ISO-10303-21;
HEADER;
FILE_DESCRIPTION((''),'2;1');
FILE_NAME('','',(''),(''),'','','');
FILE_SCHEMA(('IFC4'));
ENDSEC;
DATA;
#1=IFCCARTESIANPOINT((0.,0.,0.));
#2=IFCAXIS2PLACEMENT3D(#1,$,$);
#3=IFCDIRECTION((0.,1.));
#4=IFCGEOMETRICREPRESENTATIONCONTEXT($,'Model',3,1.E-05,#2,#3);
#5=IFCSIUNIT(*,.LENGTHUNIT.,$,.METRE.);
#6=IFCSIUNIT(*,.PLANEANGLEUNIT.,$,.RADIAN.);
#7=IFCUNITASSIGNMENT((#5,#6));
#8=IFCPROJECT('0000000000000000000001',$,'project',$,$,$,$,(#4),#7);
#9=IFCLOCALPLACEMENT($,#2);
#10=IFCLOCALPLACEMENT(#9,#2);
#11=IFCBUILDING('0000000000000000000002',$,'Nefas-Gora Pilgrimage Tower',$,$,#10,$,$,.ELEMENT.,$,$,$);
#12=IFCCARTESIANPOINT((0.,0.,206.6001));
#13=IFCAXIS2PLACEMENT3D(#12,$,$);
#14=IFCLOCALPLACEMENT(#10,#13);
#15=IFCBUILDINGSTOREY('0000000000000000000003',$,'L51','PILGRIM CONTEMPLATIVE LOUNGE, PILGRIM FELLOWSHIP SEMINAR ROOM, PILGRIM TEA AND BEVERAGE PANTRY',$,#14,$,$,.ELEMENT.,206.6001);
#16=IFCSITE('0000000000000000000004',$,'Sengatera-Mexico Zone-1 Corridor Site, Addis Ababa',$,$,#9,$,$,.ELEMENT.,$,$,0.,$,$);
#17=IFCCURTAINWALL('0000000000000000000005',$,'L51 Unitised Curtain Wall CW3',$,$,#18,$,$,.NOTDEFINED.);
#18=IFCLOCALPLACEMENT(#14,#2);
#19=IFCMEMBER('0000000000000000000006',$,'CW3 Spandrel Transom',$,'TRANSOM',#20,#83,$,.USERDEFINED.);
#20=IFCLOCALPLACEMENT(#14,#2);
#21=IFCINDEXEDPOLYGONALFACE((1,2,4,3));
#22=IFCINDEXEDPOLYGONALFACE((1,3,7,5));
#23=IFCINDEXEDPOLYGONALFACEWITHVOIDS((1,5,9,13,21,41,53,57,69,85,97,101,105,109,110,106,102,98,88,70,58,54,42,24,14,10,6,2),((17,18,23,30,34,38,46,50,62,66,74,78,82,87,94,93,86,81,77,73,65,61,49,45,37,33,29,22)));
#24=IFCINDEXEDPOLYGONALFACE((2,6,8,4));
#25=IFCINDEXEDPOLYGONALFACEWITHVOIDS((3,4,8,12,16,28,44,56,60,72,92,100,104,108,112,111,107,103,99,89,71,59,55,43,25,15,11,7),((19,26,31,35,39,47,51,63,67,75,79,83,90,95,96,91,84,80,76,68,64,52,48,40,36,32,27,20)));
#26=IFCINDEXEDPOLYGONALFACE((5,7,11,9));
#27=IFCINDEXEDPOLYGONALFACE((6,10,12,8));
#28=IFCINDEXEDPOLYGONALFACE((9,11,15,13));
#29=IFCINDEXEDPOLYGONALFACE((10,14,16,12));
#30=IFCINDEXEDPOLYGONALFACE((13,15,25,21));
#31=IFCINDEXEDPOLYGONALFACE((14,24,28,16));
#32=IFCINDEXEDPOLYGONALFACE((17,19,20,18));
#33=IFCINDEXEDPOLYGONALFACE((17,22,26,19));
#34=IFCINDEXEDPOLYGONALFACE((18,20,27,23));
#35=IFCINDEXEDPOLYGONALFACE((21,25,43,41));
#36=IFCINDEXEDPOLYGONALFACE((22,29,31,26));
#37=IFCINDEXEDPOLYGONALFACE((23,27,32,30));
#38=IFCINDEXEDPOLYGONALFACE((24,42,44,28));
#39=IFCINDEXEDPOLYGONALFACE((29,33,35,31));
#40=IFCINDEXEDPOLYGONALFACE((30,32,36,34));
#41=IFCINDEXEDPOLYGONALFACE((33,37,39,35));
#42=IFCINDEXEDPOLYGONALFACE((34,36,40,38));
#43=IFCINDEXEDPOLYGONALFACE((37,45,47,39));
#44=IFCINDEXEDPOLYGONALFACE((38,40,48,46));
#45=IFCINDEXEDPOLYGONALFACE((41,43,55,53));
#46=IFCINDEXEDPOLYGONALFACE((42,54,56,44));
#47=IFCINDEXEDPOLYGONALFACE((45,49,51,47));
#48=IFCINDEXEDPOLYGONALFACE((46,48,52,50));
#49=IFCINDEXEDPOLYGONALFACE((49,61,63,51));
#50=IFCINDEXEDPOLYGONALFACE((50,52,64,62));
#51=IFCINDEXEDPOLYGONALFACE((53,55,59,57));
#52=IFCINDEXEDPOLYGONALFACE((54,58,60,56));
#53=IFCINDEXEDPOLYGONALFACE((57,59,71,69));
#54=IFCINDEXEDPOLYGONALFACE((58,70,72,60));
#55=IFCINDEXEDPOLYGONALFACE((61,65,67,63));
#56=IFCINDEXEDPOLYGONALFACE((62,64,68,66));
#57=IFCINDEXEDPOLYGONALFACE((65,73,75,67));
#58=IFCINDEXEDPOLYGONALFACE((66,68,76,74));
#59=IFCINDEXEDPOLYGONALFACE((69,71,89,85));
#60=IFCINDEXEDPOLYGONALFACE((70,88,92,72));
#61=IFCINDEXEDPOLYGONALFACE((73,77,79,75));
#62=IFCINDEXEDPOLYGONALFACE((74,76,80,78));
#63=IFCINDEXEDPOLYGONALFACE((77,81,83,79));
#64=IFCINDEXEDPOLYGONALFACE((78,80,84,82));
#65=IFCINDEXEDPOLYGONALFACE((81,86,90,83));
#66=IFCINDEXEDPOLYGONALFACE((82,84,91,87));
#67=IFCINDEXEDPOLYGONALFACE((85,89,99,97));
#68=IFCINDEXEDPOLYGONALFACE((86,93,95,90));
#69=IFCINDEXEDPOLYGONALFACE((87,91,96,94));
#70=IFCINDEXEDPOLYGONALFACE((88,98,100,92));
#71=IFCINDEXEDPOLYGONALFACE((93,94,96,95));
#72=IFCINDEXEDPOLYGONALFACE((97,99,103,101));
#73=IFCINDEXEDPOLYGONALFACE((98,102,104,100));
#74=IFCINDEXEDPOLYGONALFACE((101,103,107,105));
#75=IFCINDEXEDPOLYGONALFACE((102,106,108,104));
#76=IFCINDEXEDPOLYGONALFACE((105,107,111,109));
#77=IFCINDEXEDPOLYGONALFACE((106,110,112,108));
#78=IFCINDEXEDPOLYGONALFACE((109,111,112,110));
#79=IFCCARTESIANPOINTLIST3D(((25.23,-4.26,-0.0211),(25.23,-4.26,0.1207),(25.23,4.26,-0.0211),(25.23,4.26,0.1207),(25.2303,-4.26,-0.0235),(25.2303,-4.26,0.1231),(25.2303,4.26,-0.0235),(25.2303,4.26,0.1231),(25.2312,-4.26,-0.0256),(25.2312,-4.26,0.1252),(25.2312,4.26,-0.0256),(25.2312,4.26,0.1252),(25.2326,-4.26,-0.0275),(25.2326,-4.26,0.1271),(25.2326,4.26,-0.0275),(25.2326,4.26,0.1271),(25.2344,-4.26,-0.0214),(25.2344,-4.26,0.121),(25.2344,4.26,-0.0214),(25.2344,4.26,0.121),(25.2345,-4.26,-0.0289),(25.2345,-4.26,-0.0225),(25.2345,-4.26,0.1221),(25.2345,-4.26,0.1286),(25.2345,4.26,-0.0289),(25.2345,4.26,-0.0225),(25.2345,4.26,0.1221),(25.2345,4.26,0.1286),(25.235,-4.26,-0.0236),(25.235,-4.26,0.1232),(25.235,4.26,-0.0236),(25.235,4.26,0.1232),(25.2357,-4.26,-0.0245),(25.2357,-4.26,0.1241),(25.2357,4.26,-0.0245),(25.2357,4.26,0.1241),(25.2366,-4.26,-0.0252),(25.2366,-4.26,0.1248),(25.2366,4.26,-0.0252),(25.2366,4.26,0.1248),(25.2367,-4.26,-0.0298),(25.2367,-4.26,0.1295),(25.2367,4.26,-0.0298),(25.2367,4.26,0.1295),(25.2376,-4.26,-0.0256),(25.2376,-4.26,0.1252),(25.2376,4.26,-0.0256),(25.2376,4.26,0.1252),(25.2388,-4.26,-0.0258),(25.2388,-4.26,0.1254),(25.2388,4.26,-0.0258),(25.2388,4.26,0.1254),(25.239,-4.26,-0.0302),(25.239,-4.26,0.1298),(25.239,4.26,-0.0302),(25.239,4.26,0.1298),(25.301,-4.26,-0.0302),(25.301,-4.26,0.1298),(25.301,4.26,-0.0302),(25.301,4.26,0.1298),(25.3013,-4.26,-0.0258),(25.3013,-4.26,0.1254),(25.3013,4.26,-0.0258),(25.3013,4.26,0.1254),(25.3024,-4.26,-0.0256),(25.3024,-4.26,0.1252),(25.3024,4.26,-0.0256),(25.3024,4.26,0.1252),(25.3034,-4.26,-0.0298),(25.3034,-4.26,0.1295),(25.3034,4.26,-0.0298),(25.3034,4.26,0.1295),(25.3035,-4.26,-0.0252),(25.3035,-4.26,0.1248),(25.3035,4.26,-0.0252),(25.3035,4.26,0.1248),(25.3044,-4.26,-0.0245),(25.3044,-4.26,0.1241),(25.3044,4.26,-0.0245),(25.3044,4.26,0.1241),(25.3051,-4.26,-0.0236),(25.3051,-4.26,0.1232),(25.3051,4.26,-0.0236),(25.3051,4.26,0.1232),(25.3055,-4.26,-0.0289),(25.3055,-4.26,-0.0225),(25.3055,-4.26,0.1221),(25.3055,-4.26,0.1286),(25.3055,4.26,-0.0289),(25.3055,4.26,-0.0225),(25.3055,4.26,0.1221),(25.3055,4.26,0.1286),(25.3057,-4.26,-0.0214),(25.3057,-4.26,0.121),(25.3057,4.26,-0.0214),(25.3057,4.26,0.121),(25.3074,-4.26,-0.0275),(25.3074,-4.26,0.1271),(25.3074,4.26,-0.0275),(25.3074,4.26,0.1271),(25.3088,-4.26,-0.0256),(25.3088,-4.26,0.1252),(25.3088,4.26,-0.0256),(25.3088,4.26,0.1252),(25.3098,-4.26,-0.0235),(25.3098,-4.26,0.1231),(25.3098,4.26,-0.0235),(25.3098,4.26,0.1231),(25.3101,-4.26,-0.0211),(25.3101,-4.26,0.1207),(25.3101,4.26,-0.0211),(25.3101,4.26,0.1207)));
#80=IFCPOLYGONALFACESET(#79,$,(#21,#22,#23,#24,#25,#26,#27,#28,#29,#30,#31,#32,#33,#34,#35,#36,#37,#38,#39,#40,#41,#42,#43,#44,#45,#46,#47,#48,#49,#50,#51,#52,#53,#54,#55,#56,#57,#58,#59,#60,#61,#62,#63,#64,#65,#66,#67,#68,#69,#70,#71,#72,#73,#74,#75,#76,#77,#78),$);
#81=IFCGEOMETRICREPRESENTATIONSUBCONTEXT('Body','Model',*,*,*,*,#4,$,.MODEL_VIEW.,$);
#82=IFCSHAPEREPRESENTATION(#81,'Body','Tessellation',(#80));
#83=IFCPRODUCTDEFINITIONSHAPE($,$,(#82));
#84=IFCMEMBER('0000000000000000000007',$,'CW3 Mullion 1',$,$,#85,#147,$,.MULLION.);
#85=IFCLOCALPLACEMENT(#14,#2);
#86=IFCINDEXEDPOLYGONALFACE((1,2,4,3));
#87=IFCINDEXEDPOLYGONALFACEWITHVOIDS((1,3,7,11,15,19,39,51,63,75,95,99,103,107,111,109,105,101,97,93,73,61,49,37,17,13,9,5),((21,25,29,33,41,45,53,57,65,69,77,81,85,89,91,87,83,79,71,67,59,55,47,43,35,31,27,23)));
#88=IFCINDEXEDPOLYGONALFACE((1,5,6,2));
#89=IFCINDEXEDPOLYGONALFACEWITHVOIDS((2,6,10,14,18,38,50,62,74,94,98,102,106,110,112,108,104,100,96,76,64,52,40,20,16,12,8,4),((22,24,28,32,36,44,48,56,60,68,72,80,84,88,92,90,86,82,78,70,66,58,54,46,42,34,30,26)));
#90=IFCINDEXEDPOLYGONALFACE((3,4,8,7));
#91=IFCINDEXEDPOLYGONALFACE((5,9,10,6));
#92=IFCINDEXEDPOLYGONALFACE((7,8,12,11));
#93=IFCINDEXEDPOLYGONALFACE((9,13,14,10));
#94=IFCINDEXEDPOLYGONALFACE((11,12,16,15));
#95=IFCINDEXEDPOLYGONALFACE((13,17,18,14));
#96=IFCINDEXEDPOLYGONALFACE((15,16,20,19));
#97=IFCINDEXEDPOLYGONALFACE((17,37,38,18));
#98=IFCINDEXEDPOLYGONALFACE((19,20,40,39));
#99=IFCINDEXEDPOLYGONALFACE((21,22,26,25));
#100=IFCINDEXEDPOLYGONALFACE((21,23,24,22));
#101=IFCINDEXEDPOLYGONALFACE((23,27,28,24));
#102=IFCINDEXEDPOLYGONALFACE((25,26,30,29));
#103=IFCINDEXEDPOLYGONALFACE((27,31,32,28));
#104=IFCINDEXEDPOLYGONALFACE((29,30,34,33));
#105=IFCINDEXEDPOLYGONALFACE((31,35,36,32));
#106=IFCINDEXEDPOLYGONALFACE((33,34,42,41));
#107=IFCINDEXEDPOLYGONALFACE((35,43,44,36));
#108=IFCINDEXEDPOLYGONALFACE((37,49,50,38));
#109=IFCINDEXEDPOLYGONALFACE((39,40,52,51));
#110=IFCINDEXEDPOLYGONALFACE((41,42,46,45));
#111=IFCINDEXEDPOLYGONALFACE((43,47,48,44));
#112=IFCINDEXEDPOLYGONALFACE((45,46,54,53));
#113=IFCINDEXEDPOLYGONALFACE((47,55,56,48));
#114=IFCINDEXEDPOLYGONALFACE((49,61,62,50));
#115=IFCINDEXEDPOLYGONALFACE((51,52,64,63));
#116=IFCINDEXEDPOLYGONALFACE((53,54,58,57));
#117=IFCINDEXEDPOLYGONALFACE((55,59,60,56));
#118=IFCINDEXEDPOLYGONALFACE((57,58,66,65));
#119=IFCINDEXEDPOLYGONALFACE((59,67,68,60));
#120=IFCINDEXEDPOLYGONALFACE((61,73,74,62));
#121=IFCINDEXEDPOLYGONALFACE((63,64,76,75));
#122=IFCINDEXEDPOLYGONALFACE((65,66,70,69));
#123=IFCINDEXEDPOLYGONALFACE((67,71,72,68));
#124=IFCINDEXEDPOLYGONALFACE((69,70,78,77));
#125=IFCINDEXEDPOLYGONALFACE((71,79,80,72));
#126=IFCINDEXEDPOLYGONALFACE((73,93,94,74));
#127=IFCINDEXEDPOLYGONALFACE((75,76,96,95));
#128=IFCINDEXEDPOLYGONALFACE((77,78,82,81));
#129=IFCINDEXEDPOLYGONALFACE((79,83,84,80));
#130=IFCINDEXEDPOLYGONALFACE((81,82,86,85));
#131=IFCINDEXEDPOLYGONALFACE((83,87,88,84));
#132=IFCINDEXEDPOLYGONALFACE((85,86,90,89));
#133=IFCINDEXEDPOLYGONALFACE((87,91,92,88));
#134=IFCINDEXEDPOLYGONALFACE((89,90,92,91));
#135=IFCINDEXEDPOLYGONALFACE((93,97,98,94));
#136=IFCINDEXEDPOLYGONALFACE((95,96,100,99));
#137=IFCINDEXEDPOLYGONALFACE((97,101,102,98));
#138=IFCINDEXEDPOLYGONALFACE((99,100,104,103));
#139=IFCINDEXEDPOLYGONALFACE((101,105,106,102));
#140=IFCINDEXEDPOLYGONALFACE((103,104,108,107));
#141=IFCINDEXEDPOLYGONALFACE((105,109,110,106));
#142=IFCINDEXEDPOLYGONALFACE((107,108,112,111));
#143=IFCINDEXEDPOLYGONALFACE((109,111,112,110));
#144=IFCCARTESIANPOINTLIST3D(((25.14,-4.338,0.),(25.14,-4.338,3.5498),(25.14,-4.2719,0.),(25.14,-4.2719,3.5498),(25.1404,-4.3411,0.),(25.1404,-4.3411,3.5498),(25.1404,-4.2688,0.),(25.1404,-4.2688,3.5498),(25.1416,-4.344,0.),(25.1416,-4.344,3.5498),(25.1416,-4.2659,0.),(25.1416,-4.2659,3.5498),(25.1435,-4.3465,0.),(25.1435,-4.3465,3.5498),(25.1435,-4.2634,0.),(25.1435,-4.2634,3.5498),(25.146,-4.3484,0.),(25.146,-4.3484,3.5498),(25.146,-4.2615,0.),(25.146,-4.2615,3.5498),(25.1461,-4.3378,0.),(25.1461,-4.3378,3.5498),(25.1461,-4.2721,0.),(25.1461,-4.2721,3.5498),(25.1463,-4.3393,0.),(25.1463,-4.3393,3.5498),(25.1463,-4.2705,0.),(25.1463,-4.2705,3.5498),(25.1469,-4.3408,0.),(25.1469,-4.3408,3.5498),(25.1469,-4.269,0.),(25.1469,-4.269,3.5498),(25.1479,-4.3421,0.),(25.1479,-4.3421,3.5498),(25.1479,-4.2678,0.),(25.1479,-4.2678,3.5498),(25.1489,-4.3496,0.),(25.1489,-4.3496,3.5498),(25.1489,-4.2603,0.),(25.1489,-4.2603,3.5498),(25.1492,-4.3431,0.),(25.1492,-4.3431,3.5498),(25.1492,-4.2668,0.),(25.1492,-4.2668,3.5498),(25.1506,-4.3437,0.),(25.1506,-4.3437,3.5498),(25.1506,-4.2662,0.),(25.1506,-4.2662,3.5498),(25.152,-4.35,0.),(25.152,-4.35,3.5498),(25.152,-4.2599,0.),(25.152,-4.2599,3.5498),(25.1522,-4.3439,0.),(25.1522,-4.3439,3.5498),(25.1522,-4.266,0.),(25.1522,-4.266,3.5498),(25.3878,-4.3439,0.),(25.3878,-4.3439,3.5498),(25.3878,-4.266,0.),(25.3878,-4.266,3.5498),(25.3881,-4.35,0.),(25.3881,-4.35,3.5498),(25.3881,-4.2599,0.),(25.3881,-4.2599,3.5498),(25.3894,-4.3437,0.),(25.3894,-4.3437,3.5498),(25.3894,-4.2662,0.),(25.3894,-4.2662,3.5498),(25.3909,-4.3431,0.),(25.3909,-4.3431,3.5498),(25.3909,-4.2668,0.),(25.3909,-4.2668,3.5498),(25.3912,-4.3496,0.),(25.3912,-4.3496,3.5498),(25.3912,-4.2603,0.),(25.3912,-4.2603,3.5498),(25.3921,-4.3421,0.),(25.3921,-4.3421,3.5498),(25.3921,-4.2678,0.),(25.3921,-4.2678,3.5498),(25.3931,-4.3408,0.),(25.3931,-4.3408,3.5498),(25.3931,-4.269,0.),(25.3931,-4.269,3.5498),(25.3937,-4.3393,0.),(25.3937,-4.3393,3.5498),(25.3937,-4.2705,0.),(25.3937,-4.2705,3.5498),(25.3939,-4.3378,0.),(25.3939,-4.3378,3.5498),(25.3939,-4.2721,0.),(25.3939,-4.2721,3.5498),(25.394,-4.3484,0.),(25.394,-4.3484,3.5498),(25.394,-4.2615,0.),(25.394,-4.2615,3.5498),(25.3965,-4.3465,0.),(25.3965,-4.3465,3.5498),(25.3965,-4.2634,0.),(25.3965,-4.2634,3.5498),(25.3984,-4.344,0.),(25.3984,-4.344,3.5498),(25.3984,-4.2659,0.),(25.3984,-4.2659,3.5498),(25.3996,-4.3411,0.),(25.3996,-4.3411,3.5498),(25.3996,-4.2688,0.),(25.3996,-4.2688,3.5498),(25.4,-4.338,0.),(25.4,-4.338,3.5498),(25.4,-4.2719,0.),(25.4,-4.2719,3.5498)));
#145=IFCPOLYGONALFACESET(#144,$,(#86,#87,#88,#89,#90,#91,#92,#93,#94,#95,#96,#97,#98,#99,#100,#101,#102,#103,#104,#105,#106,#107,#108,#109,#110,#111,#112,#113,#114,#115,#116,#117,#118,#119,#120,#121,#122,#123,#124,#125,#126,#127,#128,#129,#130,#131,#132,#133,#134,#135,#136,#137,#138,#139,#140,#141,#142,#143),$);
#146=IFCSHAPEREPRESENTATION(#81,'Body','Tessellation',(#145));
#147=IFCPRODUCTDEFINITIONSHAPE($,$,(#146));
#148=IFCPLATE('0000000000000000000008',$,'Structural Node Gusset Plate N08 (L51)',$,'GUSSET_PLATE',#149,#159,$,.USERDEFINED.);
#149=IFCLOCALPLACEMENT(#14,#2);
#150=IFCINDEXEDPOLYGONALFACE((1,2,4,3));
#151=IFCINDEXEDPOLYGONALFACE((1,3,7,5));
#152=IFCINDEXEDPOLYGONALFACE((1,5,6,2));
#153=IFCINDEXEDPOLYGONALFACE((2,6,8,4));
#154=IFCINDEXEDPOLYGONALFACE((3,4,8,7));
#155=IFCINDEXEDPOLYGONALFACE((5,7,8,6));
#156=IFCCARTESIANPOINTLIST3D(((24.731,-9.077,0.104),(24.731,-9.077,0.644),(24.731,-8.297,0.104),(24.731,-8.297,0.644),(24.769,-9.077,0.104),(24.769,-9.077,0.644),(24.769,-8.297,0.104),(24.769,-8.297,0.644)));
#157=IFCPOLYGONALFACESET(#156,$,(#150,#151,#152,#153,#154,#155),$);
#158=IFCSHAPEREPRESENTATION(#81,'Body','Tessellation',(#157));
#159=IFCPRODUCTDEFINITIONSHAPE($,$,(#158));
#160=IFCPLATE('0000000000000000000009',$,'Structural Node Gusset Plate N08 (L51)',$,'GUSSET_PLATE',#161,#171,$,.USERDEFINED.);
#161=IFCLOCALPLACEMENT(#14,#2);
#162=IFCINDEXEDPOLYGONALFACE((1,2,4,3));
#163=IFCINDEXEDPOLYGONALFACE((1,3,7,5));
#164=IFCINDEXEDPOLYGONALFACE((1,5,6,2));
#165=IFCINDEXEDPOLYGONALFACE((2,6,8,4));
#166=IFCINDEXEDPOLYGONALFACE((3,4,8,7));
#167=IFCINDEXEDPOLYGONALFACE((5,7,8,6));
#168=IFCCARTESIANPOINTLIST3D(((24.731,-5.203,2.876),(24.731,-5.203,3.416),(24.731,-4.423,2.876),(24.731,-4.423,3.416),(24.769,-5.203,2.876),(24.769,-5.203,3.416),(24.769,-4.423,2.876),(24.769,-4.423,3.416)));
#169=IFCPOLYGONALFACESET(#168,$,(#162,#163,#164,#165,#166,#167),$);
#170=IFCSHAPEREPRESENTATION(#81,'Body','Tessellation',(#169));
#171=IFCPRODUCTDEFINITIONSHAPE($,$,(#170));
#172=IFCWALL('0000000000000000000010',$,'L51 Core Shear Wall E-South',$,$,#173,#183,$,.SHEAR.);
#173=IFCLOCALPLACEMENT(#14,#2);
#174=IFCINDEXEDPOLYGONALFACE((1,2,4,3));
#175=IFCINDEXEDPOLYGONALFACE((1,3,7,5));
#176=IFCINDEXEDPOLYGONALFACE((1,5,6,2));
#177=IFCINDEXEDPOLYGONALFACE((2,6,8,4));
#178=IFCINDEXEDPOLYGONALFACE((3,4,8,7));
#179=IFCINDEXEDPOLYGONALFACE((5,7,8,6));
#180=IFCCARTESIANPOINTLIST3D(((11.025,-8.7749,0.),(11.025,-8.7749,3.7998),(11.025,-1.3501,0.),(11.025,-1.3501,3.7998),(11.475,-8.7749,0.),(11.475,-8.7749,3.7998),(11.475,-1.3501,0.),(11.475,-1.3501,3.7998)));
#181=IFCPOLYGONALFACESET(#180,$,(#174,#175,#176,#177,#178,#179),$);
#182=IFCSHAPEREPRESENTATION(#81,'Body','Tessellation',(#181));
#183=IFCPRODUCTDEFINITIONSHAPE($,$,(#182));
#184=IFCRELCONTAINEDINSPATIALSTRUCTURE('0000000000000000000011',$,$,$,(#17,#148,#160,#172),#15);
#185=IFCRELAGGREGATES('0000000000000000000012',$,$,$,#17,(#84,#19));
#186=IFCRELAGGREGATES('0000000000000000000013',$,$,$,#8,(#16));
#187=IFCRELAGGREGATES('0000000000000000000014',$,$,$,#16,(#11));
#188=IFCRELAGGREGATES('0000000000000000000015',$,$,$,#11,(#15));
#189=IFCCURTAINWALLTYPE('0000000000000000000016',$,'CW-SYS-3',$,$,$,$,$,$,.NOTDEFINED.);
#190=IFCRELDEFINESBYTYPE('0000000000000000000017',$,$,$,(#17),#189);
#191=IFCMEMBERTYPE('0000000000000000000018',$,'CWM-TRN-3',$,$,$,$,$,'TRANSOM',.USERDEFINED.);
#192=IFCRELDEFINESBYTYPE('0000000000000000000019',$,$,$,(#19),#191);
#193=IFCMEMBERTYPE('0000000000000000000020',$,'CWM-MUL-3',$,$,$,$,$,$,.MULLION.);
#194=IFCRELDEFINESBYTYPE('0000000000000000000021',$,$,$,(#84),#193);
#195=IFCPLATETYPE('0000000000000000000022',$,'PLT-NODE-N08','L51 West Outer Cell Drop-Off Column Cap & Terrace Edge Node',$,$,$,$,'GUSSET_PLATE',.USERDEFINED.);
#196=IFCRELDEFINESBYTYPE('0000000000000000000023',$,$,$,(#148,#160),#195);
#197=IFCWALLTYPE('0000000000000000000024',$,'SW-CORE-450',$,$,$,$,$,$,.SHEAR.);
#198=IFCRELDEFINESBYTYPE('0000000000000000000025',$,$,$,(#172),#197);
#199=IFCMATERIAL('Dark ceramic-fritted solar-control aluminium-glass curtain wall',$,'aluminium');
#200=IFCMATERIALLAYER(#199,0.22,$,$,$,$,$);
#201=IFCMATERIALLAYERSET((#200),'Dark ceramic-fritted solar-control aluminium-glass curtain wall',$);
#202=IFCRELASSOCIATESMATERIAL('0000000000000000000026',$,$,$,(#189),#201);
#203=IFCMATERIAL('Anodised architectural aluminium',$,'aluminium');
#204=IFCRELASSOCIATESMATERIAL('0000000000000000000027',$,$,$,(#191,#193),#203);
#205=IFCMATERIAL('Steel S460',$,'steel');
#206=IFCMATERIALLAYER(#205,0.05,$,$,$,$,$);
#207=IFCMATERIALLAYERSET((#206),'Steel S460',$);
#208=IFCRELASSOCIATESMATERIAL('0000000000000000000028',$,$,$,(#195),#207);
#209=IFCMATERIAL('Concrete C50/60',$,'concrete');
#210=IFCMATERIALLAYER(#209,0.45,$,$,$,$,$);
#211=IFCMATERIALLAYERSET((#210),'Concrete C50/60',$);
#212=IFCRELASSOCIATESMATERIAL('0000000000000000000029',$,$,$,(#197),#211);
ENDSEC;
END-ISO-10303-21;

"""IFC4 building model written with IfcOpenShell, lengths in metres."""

from ifc_helpers import new_model, si_unit, direction, frame, frame_2d, origin, origin_2d, place, context, subcontext, project, spatial, rectangle, hollow_rectangle, extrude, source, transform, mapped, material, layer, layer_set, material_profile, profile_set, type_object, element, aggregate, save


model = new_model("IFC4")

# Units and contexts
model_context = context("Model", 3, precision=1e-05, world=origin(), true_north=direction((0.0, 1.0)))
body_context = subcontext(model_context, "Body", "Model", "MODEL_VIEW")
ifc_project = project(units=[si_unit("LENGTHUNIT", "METRE"), si_unit("PLANEANGLEUNIT", "RADIAN")], contexts=[model_context])

# Site, building, storey
site_placement = place(None, origin())
site = spatial("IfcSite", under=ifc_project, at=site_placement, Name="Sengatera-Mexico Zone-1 Corridor Site, Addis Ababa", CompositionType="ELEMENT", RefElevation=0.0)
building_placement = place(site_placement, origin())
building = spatial("IfcBuilding", under=site, at=building_placement, Name="Nefas-Gora Pilgrimage Tower", CompositionType="ELEMENT")
storey_placement = place(building_placement, frame((0.0, 0.0, 206.6001)))
storey = spatial("IfcBuildingStorey", under=building, at=storey_placement, Name="L51", Description="PILGRIM CONTEMPLATIVE LOUNGE, PILGRIM FELLOWSHIP SEMINAR ROOM, PILGRIM TEA AND BEVERAGE PANTRY", CompositionType="ELEMENT", Elevation=206.6001)

# Shared definitions
ifc_material_1 = material(Name="Steel S460", Category="steel")

# Shared definitions
ifc_material_2 = material(Name="Concrete C50/60", Category="concrete")

# Curtain wall, members
ifc_material_3 = material(Name="Dark ceramic-fritted solar-control aluminium-glass curtain wall", Category="aluminium")
ifc_layer_1 = layer(ifc_material_3, 0.22)
ifc_layer_set_1 = layer_set([ifc_layer_1], Name="Dark ceramic-fritted solar-control aluminium-glass curtain wall")
curtain_wall_type = type_object("IfcCurtainWallType", Name="CW-SYS-3", PredefinedType="NOTDEFINED", material=ifc_layer_set_1)
curtain_wall_placement = place(storey_placement, origin())
curtain_wall = element("IfcCurtainWall", 1, at=curtain_wall_placement, inside=storey, type_object=curtain_wall_type, Name="L51 Unitised Curtain Wall CW3", PredefinedType="NOTDEFINED")
ifc_material_4 = material(Name="Anodised architectural aluminium", Category="aluminium")
ifc_material_profile_1 = material_profile(ifc_material_4, hollow_rectangle(XDim=0.0801, YDim=0.1599, WallThickness=0.0044, InnerFilletRadius=0.0044, OuterFilletRadius=0.009, at=origin_2d()), Name="ALU TRANSOM 80x160")
ifc_profile_set_1 = profile_set([ifc_material_profile_1], Name="Anodised architectural aluminium")
member_type_1 = type_object("IfcMemberType", Name="CWM-TRN-3", ElementType="TRANSOM", PredefinedType="USERDEFINED", material=ifc_profile_set_1)
shared_shape_1 = source(origin(), body_context, "Body", "SweptSolid", [
    extrude(hollow_rectangle(XDim=0.0801, YDim=0.1599, WallThickness=0.0044, InnerFilletRadius=0.0044, OuterFilletRadius=0.009, at=origin_2d()), origin(), (0.0, 0.0, 1.0), 8.52),
])
member_1_placement = place(storey_placement, frame((25.27, -4.26, 0.0498), z_axis=(0.0, 1.0, 0.0), x_axis=(-1.0, 0.0, 0.0)))
member_1 = element("IfcMember", 2, at=member_1_placement, type_object=member_type_1, Name="CW3 Spandrel Transom", ObjectType="TRANSOM", PredefinedType="USERDEFINED", context=body_context, shape_type="MappedRepresentation", body=[
    mapped(shared_shape_1, transform((0.0, 0.0, 0.0), x_axis=(1.0, 0.0, 0.0), y_axis=(0.0, 1.0, 0.0), z_axis=(0.0, 0.0, 1.0), scale=1.0)),
])
ifc_material_profile_2 = material_profile(ifc_material_4, hollow_rectangle(XDim=0.0901, YDim=0.26, WallThickness=0.0061, InnerFilletRadius=0.0061, OuterFilletRadius=0.012, at=origin_2d()), Name="ALU MULLION 90x260")
ifc_profile_set_2 = profile_set([ifc_material_profile_2], Name="Anodised architectural aluminium")
member_type_2 = type_object("IfcMemberType", Name="CWM-MUL-3", PredefinedType="MULLION", material=ifc_profile_set_2)
shared_shape_2 = source(origin(), body_context, "Body", "SweptSolid", [
    extrude(hollow_rectangle(XDim=0.0901, YDim=0.26, WallThickness=0.0061, InnerFilletRadius=0.0061, OuterFilletRadius=0.012, at=origin_2d()), origin(), (0.0, 0.0, 1.0), 3.5498),
])
member_2_placement = place(storey_placement, frame((25.27, -4.3049, 0.0), z_axis=(0.0, 0.0, 1.0), x_axis=(0.0, 1.0, 0.0)))
member_2 = element("IfcMember", 3, at=member_2_placement, type_object=member_type_2, Name="CW3 Mullion 1", PredefinedType="MULLION", context=body_context, shape_type="MappedRepresentation", body=[
    mapped(shared_shape_2, transform((0.0, 0.0, 0.0), x_axis=(1.0, 0.0, 0.0), y_axis=(0.0, 1.0, 0.0), z_axis=(0.0, 0.0, 1.0), scale=1.0)),
])
aggregate(curtain_wall, [member_2, member_1])

# Plates
ifc_layer_2 = layer(ifc_material_1, 0.05)
ifc_layer_set_2 = layer_set([ifc_layer_2], Name="Steel S460")
plate_type = type_object("IfcPlateType", Name="PLT-NODE-N08", Description="L51 West Outer Cell Drop-Off Column Cap & Terrace Edge Node", ElementType="GUSSET_PLATE", PredefinedType="USERDEFINED", material=ifc_layer_set_2)
shared_shape_3 = source(origin(), body_context, "Body", "SweptSolid", [
    extrude(rectangle(XDim=0.78, YDim=0.0381, at=origin_2d()), origin(), (0.0, 0.0, 1.0), 0.54),
])
for number, where, z_axis, x_axis, name in (
    (4, (24.75, -8.687, 0.104), (0.0, 0.0, 1.0), (0.0, 1.0, 0.0), "Structural Node Gusset Plate N08 (L51)"),
    (5, (24.75, -4.813, 2.876), (0.0, 0.0, 1.0), (0.0, 1.0, 0.0), "Structural Node Gusset Plate N08 (L51)"),
):
    element("IfcPlate", number, at=place(storey_placement, frame(where, z_axis=z_axis, x_axis=x_axis)), inside=storey, type_object=plate_type, Name=name, ObjectType="GUSSET_PLATE", PredefinedType="USERDEFINED", context=body_context, shape_type="MappedRepresentation", body=[
        mapped(shared_shape_3, transform((0.0, 0.0, 0.0), x_axis=(1.0, 0.0, 0.0), y_axis=(0.0, 1.0, 0.0), z_axis=(0.0, 0.0, 1.0), scale=1.0)),
    ])

# Wall
ifc_layer_3 = layer(ifc_material_2, 0.45)
ifc_layer_set_3 = layer_set([ifc_layer_3], Name="Concrete C50/60")
wall_type_1 = type_object("IfcWallType", Name="SW-CORE-450", PredefinedType="SHEAR", material=ifc_layer_set_3)
shared_shape_4 = source(origin(), body_context, "Body", "SweptSolid", [
    extrude(rectangle(XDim=7.4248, YDim=0.45, at=frame_2d((3.7124, 0.0))), origin(), (0.0, 0.0, 1.0), 3.7998),
])
wall_1_placement = place(storey_placement, frame((11.25, -8.7749, 0.0), z_axis=(0.0, 0.0, 1.0), x_axis=(0.0, 1.0, 0.0)))
element("IfcWall", 6, at=wall_1_placement, inside=storey, type_object=wall_type_1, Name="L51 Core Shear Wall E-South", PredefinedType="SHEAR", context=body_context, shape_type="MappedRepresentation", body=[
    mapped(shared_shape_4, transform((0.0, 0.0, 0.0), x_axis=(1.0, 0.0, 0.0), y_axis=(0.0, 1.0, 0.0), z_axis=(0.0, 0.0, 1.0), scale=1.0)),
])

save(model, "model.ifc")
